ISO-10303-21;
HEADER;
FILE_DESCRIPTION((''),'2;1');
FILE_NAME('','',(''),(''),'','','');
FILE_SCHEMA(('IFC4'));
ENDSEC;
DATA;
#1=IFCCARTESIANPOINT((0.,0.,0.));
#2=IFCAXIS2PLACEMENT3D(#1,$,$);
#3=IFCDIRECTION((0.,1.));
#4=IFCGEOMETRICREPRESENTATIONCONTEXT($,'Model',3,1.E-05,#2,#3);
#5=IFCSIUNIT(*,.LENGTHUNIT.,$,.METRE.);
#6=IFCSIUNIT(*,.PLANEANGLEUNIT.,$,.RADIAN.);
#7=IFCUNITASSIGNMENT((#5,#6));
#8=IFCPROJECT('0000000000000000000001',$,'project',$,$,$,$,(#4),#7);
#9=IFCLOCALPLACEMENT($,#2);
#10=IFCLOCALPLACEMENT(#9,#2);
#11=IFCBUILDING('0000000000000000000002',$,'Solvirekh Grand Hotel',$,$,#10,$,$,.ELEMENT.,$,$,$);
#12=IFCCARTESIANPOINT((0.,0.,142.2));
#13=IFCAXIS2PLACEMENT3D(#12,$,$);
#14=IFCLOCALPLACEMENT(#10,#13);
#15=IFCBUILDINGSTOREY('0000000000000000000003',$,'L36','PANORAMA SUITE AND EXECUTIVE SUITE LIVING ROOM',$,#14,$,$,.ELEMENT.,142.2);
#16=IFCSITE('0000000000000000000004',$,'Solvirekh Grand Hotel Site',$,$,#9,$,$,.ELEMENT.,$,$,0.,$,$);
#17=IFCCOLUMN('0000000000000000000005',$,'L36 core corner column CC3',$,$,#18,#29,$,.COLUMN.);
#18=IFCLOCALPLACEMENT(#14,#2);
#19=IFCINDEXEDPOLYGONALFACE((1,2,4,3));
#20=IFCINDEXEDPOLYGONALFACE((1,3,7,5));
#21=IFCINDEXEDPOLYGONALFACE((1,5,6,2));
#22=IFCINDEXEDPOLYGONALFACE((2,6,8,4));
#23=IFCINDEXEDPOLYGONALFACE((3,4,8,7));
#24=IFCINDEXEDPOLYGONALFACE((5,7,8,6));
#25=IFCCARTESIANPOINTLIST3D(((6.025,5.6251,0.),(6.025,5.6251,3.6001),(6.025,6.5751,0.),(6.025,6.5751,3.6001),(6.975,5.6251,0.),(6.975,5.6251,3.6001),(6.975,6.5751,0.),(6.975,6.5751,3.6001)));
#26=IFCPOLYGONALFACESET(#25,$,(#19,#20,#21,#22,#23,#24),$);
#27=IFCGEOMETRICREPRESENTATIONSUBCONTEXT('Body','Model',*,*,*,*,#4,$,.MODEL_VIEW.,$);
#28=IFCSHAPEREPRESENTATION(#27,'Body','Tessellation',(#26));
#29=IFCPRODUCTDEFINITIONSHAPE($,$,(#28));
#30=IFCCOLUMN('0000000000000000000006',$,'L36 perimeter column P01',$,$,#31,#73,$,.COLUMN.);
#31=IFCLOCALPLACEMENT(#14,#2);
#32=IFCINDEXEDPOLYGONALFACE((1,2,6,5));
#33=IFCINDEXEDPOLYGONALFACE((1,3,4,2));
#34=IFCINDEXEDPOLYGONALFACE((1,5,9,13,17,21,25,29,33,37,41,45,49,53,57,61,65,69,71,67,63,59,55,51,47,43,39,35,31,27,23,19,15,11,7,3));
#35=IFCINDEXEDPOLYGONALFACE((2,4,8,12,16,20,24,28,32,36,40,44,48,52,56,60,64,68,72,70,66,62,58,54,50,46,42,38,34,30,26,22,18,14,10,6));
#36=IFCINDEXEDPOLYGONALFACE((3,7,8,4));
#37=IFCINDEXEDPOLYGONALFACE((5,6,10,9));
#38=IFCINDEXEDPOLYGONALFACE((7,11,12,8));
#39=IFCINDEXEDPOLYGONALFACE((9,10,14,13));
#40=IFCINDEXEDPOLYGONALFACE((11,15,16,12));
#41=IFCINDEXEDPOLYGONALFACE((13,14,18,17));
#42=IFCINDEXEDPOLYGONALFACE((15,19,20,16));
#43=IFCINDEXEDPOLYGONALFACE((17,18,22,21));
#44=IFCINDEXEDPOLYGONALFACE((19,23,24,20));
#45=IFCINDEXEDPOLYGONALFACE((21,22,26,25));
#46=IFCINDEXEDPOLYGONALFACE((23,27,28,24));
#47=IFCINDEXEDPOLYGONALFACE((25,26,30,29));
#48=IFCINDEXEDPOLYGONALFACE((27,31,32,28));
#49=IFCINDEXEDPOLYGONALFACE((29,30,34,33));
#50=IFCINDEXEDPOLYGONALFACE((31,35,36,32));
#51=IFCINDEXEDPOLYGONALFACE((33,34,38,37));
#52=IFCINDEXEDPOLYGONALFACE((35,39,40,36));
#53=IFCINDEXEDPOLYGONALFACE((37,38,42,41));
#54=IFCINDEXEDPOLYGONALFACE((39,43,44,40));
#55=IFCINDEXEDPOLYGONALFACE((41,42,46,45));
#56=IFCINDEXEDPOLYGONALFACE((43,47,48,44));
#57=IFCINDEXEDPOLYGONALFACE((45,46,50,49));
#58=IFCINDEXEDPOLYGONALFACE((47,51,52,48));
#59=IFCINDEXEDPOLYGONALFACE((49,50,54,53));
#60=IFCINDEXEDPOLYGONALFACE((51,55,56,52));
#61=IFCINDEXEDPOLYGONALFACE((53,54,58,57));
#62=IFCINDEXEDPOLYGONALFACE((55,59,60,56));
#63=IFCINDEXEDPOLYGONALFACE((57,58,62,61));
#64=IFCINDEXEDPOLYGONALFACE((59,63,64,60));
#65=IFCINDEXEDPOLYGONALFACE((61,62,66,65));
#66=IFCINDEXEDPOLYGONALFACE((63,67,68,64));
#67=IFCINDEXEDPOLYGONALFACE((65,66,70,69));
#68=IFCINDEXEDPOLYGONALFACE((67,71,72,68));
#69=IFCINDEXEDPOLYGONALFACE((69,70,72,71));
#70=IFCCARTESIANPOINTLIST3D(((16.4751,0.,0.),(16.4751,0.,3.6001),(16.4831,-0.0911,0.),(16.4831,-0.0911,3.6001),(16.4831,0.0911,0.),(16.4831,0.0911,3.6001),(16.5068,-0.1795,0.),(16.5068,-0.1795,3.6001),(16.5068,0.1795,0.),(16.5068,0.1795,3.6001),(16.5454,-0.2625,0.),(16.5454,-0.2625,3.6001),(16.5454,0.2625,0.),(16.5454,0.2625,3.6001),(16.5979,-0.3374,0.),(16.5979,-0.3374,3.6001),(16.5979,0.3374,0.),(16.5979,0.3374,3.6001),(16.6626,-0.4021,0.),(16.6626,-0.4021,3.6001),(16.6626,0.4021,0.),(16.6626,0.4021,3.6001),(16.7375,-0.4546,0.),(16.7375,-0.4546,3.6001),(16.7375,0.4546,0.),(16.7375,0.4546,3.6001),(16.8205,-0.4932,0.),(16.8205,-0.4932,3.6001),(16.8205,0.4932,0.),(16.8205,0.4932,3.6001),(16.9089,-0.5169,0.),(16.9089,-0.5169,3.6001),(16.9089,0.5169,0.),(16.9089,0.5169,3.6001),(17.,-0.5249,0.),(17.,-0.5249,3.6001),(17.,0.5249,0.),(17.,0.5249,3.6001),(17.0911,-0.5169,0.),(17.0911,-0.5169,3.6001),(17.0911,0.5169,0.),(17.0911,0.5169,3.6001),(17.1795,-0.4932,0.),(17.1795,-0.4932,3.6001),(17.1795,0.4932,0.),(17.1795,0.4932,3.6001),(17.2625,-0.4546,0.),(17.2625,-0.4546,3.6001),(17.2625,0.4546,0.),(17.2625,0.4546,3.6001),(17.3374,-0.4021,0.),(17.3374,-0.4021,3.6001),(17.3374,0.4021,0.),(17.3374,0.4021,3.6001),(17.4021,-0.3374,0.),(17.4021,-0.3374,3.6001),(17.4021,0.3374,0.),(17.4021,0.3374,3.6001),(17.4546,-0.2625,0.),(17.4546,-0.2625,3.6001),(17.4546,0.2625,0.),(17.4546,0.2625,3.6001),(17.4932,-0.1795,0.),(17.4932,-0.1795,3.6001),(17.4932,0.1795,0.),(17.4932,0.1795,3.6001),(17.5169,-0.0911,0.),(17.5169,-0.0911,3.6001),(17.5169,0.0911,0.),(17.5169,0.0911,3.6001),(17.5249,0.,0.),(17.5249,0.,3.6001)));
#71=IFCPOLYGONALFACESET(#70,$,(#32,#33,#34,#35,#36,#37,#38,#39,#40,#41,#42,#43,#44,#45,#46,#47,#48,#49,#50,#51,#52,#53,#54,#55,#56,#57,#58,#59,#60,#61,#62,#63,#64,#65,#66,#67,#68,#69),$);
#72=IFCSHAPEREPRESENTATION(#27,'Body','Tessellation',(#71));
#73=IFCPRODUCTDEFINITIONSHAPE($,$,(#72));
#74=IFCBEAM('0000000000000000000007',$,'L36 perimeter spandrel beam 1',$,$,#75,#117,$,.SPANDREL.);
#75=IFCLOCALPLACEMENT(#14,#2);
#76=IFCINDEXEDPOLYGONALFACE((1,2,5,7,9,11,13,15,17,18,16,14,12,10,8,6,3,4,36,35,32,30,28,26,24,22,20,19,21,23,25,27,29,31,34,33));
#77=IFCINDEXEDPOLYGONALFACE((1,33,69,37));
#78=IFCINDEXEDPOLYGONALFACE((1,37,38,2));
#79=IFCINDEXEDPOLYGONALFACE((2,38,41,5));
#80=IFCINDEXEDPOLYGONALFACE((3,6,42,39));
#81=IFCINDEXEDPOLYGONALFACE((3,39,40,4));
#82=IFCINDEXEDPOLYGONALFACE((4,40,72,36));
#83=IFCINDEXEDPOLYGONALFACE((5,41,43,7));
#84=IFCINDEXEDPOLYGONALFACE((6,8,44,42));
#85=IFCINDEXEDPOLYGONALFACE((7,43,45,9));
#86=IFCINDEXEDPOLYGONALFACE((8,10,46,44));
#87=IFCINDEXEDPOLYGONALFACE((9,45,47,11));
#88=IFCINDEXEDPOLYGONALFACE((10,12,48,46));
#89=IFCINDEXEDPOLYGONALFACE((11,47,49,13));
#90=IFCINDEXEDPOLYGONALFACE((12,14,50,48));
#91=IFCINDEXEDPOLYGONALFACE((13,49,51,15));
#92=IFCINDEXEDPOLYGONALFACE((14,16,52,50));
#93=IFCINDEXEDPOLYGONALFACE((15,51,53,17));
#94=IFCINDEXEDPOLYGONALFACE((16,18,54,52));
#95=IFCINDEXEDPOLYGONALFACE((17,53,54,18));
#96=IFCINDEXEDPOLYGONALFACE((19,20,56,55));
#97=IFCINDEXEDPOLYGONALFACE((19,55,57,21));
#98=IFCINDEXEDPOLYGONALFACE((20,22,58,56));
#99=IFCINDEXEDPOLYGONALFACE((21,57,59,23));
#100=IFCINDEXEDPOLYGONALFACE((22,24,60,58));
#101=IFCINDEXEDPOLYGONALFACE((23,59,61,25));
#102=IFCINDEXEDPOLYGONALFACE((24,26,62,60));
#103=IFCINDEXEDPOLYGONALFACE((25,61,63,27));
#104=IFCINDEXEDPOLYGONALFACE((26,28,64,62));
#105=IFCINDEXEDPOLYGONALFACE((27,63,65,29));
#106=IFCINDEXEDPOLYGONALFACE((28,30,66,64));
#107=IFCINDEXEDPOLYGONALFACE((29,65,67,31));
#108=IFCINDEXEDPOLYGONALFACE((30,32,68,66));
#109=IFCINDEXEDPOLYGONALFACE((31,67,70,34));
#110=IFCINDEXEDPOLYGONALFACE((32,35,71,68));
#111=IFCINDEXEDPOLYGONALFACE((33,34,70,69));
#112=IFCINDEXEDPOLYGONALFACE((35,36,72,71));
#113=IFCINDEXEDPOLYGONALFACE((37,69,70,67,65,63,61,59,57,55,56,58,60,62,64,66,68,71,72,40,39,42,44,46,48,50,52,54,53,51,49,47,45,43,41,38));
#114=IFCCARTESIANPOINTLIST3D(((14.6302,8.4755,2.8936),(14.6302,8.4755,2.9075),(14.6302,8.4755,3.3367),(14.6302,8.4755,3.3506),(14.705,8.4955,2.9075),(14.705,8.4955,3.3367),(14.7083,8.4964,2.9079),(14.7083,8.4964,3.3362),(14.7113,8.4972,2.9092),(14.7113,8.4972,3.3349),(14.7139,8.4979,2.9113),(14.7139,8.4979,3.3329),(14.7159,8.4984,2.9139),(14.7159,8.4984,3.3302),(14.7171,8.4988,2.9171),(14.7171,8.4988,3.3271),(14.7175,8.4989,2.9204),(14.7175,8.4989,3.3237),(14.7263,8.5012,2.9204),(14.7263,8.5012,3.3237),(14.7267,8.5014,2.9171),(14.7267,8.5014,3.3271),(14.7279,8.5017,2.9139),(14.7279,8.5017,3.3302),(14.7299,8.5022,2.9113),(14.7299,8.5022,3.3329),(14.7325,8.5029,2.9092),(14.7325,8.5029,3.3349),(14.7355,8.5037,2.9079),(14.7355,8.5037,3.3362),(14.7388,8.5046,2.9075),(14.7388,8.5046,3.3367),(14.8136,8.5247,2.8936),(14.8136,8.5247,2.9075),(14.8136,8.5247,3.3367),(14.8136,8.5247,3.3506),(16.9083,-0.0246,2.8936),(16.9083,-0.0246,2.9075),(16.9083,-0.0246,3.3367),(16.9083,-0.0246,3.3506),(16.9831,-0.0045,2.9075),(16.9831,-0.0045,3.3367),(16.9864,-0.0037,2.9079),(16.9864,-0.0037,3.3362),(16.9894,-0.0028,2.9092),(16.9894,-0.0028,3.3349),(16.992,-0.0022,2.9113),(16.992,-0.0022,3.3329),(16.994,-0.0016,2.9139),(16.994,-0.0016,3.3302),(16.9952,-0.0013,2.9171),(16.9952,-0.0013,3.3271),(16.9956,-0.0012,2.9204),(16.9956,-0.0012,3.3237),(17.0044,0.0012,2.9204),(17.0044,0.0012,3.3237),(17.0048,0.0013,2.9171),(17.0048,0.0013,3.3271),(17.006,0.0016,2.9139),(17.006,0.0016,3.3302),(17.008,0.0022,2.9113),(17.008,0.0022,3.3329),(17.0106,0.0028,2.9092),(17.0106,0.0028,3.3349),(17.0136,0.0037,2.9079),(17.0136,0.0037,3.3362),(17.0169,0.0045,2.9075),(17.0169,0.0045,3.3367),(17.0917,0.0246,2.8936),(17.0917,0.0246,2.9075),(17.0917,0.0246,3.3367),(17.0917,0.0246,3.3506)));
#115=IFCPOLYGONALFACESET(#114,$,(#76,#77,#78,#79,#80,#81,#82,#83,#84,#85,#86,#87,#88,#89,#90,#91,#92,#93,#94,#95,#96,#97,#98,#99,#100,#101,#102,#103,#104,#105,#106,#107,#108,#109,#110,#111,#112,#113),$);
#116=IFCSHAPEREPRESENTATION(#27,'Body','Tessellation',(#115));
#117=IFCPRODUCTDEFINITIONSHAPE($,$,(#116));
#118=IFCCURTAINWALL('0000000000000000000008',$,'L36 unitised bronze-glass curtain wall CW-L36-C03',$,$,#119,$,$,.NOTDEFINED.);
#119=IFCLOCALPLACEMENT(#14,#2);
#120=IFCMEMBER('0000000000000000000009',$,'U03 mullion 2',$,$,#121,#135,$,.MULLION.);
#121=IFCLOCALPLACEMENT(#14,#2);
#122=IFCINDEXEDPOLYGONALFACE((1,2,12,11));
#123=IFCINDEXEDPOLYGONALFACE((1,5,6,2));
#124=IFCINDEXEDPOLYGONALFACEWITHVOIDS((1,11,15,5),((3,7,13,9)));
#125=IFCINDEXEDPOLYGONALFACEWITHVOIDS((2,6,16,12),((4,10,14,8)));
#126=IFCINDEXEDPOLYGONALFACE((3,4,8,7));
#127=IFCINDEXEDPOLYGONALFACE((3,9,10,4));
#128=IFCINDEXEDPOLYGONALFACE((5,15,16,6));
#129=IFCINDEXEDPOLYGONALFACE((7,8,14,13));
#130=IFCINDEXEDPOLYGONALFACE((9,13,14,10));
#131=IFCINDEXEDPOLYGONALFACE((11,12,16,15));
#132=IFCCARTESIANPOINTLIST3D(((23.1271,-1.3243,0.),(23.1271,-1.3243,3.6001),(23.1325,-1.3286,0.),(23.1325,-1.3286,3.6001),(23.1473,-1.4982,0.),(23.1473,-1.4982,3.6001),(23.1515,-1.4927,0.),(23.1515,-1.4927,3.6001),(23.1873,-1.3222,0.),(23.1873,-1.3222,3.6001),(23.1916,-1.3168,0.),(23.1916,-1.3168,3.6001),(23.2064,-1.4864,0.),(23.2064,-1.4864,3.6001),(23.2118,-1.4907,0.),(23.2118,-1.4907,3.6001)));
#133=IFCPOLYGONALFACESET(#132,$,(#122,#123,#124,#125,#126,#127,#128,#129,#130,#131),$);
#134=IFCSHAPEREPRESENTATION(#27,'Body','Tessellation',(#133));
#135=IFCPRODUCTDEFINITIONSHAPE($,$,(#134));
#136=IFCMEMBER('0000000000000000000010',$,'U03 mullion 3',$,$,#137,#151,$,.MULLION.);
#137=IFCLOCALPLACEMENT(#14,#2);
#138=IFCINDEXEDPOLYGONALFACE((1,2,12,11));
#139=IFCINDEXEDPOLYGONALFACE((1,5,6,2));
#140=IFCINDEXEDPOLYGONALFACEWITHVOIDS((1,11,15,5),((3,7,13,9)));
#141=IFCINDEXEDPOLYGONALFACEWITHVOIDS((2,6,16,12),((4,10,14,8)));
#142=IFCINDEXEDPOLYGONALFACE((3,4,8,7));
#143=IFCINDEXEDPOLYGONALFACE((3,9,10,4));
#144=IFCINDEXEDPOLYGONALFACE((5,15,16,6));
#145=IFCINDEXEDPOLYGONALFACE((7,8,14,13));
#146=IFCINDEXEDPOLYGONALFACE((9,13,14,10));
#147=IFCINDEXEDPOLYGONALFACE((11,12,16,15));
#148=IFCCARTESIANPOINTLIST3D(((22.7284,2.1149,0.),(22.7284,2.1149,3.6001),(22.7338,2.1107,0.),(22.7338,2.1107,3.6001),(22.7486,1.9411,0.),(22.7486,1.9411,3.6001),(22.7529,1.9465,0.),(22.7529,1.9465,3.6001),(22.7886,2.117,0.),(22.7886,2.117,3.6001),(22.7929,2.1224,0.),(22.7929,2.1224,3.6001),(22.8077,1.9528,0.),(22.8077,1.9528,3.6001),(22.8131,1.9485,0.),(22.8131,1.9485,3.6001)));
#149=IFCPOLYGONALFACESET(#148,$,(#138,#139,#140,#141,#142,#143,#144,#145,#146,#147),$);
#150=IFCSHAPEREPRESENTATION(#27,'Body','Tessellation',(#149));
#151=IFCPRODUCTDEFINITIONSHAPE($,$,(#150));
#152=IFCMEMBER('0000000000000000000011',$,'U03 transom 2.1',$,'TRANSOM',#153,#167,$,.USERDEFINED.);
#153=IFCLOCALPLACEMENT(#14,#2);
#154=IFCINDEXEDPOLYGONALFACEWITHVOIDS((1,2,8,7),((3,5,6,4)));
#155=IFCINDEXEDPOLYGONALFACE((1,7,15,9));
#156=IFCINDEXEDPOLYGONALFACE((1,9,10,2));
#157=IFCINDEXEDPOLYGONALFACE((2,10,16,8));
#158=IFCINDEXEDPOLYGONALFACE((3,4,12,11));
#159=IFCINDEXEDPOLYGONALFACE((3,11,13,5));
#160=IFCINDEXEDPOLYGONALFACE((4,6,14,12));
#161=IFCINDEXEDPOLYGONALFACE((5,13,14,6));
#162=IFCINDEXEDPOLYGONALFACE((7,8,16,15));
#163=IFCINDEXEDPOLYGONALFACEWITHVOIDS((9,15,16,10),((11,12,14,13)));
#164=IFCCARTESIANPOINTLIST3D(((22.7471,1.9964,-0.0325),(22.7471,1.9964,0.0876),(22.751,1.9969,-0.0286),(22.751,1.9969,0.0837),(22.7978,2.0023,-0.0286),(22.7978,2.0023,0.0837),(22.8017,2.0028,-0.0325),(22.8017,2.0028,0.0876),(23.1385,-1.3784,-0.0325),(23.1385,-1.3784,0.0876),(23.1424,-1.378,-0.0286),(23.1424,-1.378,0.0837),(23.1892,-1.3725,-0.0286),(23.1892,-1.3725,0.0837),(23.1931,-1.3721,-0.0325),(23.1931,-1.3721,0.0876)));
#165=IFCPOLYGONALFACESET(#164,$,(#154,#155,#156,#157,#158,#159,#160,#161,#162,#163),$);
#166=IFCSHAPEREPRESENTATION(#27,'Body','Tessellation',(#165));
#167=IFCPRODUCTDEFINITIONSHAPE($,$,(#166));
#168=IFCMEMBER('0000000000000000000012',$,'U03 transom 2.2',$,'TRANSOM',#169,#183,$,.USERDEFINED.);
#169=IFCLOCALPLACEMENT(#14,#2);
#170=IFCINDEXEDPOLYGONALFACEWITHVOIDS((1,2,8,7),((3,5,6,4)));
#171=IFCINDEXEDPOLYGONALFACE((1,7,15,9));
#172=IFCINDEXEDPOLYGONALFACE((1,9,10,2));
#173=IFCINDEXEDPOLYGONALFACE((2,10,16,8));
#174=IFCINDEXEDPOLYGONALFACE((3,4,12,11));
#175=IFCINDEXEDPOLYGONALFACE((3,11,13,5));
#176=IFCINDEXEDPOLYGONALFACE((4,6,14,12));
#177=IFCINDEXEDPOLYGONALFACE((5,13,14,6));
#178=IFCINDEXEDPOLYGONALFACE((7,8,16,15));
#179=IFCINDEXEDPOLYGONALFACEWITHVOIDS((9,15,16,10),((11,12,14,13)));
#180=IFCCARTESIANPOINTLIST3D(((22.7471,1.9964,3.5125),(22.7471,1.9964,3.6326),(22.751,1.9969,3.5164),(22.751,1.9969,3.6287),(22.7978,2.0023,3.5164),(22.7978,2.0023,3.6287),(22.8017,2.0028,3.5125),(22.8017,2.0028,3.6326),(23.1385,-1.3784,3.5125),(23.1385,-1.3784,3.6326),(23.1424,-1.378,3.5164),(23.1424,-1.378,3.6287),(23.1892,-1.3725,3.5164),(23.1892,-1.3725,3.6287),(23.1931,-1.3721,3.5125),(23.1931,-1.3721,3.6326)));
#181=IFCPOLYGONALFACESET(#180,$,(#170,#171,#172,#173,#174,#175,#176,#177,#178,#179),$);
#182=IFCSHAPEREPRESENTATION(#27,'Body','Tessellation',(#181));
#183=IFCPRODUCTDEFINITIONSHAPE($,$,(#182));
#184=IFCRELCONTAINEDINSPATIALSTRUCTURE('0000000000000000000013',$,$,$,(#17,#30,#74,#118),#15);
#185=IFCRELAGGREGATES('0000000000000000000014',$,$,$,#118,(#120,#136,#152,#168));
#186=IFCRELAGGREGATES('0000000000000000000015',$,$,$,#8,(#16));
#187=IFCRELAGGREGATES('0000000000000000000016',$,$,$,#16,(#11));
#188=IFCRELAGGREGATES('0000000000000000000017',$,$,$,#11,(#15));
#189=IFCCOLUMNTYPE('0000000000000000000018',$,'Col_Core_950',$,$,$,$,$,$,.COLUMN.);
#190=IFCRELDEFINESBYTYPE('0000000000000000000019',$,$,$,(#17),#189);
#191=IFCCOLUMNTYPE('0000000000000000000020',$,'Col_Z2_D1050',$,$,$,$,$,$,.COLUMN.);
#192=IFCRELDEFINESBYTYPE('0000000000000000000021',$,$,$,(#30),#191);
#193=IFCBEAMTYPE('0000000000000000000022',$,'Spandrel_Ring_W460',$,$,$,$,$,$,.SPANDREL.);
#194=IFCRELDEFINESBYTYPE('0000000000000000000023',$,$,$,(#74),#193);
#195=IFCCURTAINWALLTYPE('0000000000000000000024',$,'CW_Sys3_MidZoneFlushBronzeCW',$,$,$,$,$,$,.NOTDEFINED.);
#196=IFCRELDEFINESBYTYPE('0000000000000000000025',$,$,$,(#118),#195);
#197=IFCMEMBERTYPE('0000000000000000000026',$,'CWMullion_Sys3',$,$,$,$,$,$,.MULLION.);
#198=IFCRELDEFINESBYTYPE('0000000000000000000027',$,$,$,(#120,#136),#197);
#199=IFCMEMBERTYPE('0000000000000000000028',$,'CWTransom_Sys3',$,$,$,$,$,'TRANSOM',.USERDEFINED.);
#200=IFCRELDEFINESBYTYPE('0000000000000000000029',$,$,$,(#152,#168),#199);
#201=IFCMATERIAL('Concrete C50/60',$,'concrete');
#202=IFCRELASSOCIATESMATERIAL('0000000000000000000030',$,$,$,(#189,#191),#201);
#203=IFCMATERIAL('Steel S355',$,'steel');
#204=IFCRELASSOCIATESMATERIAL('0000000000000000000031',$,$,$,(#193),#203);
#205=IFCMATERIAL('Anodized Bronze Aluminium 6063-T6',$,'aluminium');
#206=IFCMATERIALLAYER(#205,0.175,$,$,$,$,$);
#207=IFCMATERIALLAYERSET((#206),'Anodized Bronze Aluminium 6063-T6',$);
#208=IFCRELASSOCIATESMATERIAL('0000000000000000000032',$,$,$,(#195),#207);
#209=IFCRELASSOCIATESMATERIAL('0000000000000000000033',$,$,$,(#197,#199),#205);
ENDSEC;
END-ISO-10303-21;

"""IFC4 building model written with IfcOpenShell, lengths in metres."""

from ifc_helpers import new_model, si_unit, direction, frame, origin, origin_2d, place, context, subcontext, project, spatial, rectangle, hollow_rectangle, circle, i_section, extrude, source, transform, mapped, material, layer, layer_set, material_profile, profile_set, type_object, element, aggregate, save


model = new_model("IFC4")

# Units and contexts
model_context = context("Model", 3, precision=1e-05, world=origin(), true_north=direction((0.0, 1.0)))
body_context = subcontext(model_context, "Body", "Model", "MODEL_VIEW")
ifc_project = project(units=[si_unit("LENGTHUNIT", "METRE"), si_unit("PLANEANGLEUNIT", "RADIAN")], contexts=[model_context])

# Site, building, storey
site_placement = place(None, origin())
site = spatial("IfcSite", under=ifc_project, at=site_placement, Name="Solvirekh Grand Hotel Site", CompositionType="ELEMENT", RefElevation=0.0)
building_placement = place(site_placement, origin())
building = spatial("IfcBuilding", under=site, at=building_placement, Name="Solvirekh Grand Hotel", CompositionType="ELEMENT")
storey_placement = place(building_placement, frame((0.0, 0.0, 142.2)))
storey = spatial("IfcBuildingStorey", under=building, at=storey_placement, Name="L36", Description="PANORAMA SUITE AND EXECUTIVE SUITE LIVING ROOM", CompositionType="ELEMENT", Elevation=142.2)

# Columns
ifc_material_1 = material(Name="Concrete C50/60", Category="concrete")
ifc_material_profile_1 = material_profile(ifc_material_1, rectangle(XDim=0.95, YDim=0.95, at=origin_2d()), Name="RC 950X950")
ifc_profile_set_1 = profile_set([ifc_material_profile_1], Name="Concrete C50/60")
column_type_1 = type_object("IfcColumnType", Name="Col_Core_950", PredefinedType="COLUMN", material=ifc_profile_set_1)
column_1_placement = place(storey_placement, frame((6.5, 6.1001, 0.0), z_axis=(0.0, 0.0, 1.0), x_axis=(1.0, 0.0, 0.0)))
element("IfcColumn", 1, at=column_1_placement, inside=storey, type_object=column_type_1, Name="L36 core corner column CC3", PredefinedType="COLUMN", context=body_context, shape_type="SweptSolid", body=[
    extrude(rectangle(XDim=0.95, YDim=0.95, at=origin_2d()), origin(), (0.0, 0.0, 1.0), 3.6001),
])
ifc_material_profile_2 = material_profile(ifc_material_1, circle(Radius=0.5249, at=origin_2d()), Name="RC CIRC D1050")
ifc_profile_set_2 = profile_set([ifc_material_profile_2], Name="Concrete C50/60")
column_type_2 = type_object("IfcColumnType", Name="Col_Z2_D1050", PredefinedType="COLUMN", material=ifc_profile_set_2)
column_2_placement = place(storey_placement, frame((17.0, 0.0, 0.0), z_axis=(0.0, 0.0, 1.0), x_axis=(1.0, 0.0, 0.0)))
element("IfcColumn", 2, at=column_2_placement, inside=storey, type_object=column_type_2, Name="L36 perimeter column P01", PredefinedType="COLUMN", context=body_context, shape_type="SweptSolid", body=[
    extrude(circle(Radius=0.5249, at=origin_2d()), origin(), (0.0, 0.0, 1.0), 3.6001),
])

# Beam
ifc_material_2 = material(Name="Steel S355", Category="steel")
ifc_material_profile_3 = material_profile(ifc_material_2, i_section(OverallWidth=0.1899, OverallDepth=0.457, WebThickness=0.009, FlangeThickness=0.0139, FilletRadius=0.0129, at=origin_2d()), Name="W460X74")
ifc_profile_set_3 = profile_set([ifc_material_profile_3], Name="Steel S355")
beam_type = type_object("IfcBeamType", Name="Spandrel_Ring_W460", PredefinedType="SPANDREL", material=ifc_profile_set_3)
beam_placement = place(storey_placement, frame((17.0, 0.0, 3.1221), z_axis=(-0.258873, 0.965911, 0.0), x_axis=(-0.965911, -0.258873, 0.0)))
element("IfcBeam", 3, at=beam_placement, inside=storey, type_object=beam_type, Name="L36 perimeter spandrel beam 1", PredefinedType="SPANDREL", context=body_context, shape_type="SweptSolid", body=[
    extrude(i_section(OverallWidth=0.1899, OverallDepth=0.457, WebThickness=0.009, FlangeThickness=0.0139, FilletRadius=0.0129, at=origin_2d()), origin(), (0.0, 0.0, 1.0), 8.8),
])

# Curtain wall, members
ifc_material_3 = material(Name="Anodized Bronze Aluminium 6063-T6", Category="aluminium")
ifc_layer_1 = layer(ifc_material_3, 0.175)
ifc_layer_set_1 = layer_set([ifc_layer_1], Name="Anodized Bronze Aluminium 6063-T6")
curtain_wall_type = type_object("IfcCurtainWallType", Name="CW_Sys3_MidZoneFlushBronzeCW", PredefinedType="NOTDEFINED", material=ifc_layer_set_1)
curtain_wall_placement = place(storey_placement, origin())
curtain_wall = element("IfcCurtainWall", 4, at=curtain_wall_placement, inside=storey, type_object=curtain_wall_type, Name="L36 unitised bronze-glass curtain wall CW-L36-C03", PredefinedType="NOTDEFINED")
ifc_material_profile_4 = material_profile(ifc_material_3, hollow_rectangle(XDim=0.0649, YDim=0.175, WallThickness=0.0049, at=origin_2d()), Name="ALU RHS 175X65X5")
ifc_profile_set_4 = profile_set([ifc_material_profile_4], Name="Anodized Bronze Aluminium 6063-T6")
member_type_1 = type_object("IfcMemberType", Name="CWMullion_Sys3", PredefinedType="MULLION", material=ifc_profile_set_4)
shared_shape_1 = source(origin(), body_context, "Body", "SweptSolid", [
    extrude(hollow_rectangle(XDim=0.0649, YDim=0.175, WallThickness=0.0049, at=origin_2d()), origin(), (0.0, 0.0, 1.0), 3.6001),
])
member_1_placement = place(storey_placement, frame((23.1694, -1.4075, 0.0), z_axis=(0.0, 0.0, 1.0), x_axis=(-0.993345, -0.115173, 0.0)))
member_1 = element("IfcMember", 5, at=member_1_placement, type_object=member_type_1, Name="U03 mullion 2", PredefinedType="MULLION", context=body_context, shape_type="MappedRepresentation", body=[
    mapped(shared_shape_1, transform((0.0, 0.0, 0.0), x_axis=(1.0, 0.0, 0.0), y_axis=(0.0, 1.0, 0.0), z_axis=(0.0, 0.0, 1.0), scale=1.0)),
])
member_2_placement = place(storey_placement, frame((22.7708, 2.0317, 0.0), z_axis=(0.0, 0.0, 1.0), x_axis=(-0.993345, -0.115173, 0.0)))
member_2 = element("IfcMember", 6, at=member_2_placement, type_object=member_type_1, Name="U03 mullion 3", PredefinedType="MULLION", context=body_context, shape_type="MappedRepresentation", body=[
    mapped(shared_shape_1, transform((0.0, 0.0, 0.0), x_axis=(1.0, 0.0, 0.0), y_axis=(0.0, 1.0, 0.0), z_axis=(0.0, 0.0, 1.0), scale=1.0)),
])
ifc_material_profile_5 = material_profile(ifc_material_3, hollow_rectangle(XDim=0.0549, YDim=0.1201, WallThickness=0.0039, at=origin_2d()), Name="ALU RHS 120X55X4")
ifc_profile_set_5 = profile_set([ifc_material_profile_5], Name="Anodized Bronze Aluminium 6063-T6")
member_type_2 = type_object("IfcMemberType", Name="CWTransom_Sys3", ElementType="TRANSOM", PredefinedType="USERDEFINED", material=ifc_profile_set_5)
shared_shape_2 = source(origin(), body_context, "Body", "SweptSolid", [
    extrude(hollow_rectangle(XDim=0.0549, YDim=0.1201, WallThickness=0.0039, at=origin_2d()), origin(), (0.0, 0.0, 1.0), 3.3975),
])
member_3_placement = place(storey_placement, frame((23.1658, -1.3752, 0.0276), z_axis=(-0.115194, 0.993343, 0.0), x_axis=(-0.993343, -0.115194, 0.0)))
member_3 = element("IfcMember", 7, at=member_3_placement, type_object=member_type_2, Name="U03 transom 2.1", ObjectType="TRANSOM", PredefinedType="USERDEFINED", context=body_context, shape_type="MappedRepresentation", body=[
    mapped(shared_shape_2, transform((0.0, 0.0, 0.0), x_axis=(1.0, 0.0, 0.0), y_axis=(0.0, 1.0, 0.0), z_axis=(0.0, 0.0, 1.0), scale=1.0)),
])
member_4_placement = place(storey_placement, frame((23.1658, -1.3752, 3.5725), z_axis=(-0.115194, 0.993343, 0.0), x_axis=(-0.993343, -0.115194, 0.0)))
member_4 = element("IfcMember", 8, at=member_4_placement, type_object=member_type_2, Name="U03 transom 2.2", ObjectType="TRANSOM", PredefinedType="USERDEFINED", context=body_context, shape_type="MappedRepresentation", body=[
    mapped(shared_shape_2, transform((0.0, 0.0, 0.0), x_axis=(1.0, 0.0, 0.0), y_axis=(0.0, 1.0, 0.0), z_axis=(0.0, 0.0, 1.0), scale=1.0)),
])
aggregate(curtain_wall, [member_1, member_2, member_3, member_4])

save(model, "model.ifc")
